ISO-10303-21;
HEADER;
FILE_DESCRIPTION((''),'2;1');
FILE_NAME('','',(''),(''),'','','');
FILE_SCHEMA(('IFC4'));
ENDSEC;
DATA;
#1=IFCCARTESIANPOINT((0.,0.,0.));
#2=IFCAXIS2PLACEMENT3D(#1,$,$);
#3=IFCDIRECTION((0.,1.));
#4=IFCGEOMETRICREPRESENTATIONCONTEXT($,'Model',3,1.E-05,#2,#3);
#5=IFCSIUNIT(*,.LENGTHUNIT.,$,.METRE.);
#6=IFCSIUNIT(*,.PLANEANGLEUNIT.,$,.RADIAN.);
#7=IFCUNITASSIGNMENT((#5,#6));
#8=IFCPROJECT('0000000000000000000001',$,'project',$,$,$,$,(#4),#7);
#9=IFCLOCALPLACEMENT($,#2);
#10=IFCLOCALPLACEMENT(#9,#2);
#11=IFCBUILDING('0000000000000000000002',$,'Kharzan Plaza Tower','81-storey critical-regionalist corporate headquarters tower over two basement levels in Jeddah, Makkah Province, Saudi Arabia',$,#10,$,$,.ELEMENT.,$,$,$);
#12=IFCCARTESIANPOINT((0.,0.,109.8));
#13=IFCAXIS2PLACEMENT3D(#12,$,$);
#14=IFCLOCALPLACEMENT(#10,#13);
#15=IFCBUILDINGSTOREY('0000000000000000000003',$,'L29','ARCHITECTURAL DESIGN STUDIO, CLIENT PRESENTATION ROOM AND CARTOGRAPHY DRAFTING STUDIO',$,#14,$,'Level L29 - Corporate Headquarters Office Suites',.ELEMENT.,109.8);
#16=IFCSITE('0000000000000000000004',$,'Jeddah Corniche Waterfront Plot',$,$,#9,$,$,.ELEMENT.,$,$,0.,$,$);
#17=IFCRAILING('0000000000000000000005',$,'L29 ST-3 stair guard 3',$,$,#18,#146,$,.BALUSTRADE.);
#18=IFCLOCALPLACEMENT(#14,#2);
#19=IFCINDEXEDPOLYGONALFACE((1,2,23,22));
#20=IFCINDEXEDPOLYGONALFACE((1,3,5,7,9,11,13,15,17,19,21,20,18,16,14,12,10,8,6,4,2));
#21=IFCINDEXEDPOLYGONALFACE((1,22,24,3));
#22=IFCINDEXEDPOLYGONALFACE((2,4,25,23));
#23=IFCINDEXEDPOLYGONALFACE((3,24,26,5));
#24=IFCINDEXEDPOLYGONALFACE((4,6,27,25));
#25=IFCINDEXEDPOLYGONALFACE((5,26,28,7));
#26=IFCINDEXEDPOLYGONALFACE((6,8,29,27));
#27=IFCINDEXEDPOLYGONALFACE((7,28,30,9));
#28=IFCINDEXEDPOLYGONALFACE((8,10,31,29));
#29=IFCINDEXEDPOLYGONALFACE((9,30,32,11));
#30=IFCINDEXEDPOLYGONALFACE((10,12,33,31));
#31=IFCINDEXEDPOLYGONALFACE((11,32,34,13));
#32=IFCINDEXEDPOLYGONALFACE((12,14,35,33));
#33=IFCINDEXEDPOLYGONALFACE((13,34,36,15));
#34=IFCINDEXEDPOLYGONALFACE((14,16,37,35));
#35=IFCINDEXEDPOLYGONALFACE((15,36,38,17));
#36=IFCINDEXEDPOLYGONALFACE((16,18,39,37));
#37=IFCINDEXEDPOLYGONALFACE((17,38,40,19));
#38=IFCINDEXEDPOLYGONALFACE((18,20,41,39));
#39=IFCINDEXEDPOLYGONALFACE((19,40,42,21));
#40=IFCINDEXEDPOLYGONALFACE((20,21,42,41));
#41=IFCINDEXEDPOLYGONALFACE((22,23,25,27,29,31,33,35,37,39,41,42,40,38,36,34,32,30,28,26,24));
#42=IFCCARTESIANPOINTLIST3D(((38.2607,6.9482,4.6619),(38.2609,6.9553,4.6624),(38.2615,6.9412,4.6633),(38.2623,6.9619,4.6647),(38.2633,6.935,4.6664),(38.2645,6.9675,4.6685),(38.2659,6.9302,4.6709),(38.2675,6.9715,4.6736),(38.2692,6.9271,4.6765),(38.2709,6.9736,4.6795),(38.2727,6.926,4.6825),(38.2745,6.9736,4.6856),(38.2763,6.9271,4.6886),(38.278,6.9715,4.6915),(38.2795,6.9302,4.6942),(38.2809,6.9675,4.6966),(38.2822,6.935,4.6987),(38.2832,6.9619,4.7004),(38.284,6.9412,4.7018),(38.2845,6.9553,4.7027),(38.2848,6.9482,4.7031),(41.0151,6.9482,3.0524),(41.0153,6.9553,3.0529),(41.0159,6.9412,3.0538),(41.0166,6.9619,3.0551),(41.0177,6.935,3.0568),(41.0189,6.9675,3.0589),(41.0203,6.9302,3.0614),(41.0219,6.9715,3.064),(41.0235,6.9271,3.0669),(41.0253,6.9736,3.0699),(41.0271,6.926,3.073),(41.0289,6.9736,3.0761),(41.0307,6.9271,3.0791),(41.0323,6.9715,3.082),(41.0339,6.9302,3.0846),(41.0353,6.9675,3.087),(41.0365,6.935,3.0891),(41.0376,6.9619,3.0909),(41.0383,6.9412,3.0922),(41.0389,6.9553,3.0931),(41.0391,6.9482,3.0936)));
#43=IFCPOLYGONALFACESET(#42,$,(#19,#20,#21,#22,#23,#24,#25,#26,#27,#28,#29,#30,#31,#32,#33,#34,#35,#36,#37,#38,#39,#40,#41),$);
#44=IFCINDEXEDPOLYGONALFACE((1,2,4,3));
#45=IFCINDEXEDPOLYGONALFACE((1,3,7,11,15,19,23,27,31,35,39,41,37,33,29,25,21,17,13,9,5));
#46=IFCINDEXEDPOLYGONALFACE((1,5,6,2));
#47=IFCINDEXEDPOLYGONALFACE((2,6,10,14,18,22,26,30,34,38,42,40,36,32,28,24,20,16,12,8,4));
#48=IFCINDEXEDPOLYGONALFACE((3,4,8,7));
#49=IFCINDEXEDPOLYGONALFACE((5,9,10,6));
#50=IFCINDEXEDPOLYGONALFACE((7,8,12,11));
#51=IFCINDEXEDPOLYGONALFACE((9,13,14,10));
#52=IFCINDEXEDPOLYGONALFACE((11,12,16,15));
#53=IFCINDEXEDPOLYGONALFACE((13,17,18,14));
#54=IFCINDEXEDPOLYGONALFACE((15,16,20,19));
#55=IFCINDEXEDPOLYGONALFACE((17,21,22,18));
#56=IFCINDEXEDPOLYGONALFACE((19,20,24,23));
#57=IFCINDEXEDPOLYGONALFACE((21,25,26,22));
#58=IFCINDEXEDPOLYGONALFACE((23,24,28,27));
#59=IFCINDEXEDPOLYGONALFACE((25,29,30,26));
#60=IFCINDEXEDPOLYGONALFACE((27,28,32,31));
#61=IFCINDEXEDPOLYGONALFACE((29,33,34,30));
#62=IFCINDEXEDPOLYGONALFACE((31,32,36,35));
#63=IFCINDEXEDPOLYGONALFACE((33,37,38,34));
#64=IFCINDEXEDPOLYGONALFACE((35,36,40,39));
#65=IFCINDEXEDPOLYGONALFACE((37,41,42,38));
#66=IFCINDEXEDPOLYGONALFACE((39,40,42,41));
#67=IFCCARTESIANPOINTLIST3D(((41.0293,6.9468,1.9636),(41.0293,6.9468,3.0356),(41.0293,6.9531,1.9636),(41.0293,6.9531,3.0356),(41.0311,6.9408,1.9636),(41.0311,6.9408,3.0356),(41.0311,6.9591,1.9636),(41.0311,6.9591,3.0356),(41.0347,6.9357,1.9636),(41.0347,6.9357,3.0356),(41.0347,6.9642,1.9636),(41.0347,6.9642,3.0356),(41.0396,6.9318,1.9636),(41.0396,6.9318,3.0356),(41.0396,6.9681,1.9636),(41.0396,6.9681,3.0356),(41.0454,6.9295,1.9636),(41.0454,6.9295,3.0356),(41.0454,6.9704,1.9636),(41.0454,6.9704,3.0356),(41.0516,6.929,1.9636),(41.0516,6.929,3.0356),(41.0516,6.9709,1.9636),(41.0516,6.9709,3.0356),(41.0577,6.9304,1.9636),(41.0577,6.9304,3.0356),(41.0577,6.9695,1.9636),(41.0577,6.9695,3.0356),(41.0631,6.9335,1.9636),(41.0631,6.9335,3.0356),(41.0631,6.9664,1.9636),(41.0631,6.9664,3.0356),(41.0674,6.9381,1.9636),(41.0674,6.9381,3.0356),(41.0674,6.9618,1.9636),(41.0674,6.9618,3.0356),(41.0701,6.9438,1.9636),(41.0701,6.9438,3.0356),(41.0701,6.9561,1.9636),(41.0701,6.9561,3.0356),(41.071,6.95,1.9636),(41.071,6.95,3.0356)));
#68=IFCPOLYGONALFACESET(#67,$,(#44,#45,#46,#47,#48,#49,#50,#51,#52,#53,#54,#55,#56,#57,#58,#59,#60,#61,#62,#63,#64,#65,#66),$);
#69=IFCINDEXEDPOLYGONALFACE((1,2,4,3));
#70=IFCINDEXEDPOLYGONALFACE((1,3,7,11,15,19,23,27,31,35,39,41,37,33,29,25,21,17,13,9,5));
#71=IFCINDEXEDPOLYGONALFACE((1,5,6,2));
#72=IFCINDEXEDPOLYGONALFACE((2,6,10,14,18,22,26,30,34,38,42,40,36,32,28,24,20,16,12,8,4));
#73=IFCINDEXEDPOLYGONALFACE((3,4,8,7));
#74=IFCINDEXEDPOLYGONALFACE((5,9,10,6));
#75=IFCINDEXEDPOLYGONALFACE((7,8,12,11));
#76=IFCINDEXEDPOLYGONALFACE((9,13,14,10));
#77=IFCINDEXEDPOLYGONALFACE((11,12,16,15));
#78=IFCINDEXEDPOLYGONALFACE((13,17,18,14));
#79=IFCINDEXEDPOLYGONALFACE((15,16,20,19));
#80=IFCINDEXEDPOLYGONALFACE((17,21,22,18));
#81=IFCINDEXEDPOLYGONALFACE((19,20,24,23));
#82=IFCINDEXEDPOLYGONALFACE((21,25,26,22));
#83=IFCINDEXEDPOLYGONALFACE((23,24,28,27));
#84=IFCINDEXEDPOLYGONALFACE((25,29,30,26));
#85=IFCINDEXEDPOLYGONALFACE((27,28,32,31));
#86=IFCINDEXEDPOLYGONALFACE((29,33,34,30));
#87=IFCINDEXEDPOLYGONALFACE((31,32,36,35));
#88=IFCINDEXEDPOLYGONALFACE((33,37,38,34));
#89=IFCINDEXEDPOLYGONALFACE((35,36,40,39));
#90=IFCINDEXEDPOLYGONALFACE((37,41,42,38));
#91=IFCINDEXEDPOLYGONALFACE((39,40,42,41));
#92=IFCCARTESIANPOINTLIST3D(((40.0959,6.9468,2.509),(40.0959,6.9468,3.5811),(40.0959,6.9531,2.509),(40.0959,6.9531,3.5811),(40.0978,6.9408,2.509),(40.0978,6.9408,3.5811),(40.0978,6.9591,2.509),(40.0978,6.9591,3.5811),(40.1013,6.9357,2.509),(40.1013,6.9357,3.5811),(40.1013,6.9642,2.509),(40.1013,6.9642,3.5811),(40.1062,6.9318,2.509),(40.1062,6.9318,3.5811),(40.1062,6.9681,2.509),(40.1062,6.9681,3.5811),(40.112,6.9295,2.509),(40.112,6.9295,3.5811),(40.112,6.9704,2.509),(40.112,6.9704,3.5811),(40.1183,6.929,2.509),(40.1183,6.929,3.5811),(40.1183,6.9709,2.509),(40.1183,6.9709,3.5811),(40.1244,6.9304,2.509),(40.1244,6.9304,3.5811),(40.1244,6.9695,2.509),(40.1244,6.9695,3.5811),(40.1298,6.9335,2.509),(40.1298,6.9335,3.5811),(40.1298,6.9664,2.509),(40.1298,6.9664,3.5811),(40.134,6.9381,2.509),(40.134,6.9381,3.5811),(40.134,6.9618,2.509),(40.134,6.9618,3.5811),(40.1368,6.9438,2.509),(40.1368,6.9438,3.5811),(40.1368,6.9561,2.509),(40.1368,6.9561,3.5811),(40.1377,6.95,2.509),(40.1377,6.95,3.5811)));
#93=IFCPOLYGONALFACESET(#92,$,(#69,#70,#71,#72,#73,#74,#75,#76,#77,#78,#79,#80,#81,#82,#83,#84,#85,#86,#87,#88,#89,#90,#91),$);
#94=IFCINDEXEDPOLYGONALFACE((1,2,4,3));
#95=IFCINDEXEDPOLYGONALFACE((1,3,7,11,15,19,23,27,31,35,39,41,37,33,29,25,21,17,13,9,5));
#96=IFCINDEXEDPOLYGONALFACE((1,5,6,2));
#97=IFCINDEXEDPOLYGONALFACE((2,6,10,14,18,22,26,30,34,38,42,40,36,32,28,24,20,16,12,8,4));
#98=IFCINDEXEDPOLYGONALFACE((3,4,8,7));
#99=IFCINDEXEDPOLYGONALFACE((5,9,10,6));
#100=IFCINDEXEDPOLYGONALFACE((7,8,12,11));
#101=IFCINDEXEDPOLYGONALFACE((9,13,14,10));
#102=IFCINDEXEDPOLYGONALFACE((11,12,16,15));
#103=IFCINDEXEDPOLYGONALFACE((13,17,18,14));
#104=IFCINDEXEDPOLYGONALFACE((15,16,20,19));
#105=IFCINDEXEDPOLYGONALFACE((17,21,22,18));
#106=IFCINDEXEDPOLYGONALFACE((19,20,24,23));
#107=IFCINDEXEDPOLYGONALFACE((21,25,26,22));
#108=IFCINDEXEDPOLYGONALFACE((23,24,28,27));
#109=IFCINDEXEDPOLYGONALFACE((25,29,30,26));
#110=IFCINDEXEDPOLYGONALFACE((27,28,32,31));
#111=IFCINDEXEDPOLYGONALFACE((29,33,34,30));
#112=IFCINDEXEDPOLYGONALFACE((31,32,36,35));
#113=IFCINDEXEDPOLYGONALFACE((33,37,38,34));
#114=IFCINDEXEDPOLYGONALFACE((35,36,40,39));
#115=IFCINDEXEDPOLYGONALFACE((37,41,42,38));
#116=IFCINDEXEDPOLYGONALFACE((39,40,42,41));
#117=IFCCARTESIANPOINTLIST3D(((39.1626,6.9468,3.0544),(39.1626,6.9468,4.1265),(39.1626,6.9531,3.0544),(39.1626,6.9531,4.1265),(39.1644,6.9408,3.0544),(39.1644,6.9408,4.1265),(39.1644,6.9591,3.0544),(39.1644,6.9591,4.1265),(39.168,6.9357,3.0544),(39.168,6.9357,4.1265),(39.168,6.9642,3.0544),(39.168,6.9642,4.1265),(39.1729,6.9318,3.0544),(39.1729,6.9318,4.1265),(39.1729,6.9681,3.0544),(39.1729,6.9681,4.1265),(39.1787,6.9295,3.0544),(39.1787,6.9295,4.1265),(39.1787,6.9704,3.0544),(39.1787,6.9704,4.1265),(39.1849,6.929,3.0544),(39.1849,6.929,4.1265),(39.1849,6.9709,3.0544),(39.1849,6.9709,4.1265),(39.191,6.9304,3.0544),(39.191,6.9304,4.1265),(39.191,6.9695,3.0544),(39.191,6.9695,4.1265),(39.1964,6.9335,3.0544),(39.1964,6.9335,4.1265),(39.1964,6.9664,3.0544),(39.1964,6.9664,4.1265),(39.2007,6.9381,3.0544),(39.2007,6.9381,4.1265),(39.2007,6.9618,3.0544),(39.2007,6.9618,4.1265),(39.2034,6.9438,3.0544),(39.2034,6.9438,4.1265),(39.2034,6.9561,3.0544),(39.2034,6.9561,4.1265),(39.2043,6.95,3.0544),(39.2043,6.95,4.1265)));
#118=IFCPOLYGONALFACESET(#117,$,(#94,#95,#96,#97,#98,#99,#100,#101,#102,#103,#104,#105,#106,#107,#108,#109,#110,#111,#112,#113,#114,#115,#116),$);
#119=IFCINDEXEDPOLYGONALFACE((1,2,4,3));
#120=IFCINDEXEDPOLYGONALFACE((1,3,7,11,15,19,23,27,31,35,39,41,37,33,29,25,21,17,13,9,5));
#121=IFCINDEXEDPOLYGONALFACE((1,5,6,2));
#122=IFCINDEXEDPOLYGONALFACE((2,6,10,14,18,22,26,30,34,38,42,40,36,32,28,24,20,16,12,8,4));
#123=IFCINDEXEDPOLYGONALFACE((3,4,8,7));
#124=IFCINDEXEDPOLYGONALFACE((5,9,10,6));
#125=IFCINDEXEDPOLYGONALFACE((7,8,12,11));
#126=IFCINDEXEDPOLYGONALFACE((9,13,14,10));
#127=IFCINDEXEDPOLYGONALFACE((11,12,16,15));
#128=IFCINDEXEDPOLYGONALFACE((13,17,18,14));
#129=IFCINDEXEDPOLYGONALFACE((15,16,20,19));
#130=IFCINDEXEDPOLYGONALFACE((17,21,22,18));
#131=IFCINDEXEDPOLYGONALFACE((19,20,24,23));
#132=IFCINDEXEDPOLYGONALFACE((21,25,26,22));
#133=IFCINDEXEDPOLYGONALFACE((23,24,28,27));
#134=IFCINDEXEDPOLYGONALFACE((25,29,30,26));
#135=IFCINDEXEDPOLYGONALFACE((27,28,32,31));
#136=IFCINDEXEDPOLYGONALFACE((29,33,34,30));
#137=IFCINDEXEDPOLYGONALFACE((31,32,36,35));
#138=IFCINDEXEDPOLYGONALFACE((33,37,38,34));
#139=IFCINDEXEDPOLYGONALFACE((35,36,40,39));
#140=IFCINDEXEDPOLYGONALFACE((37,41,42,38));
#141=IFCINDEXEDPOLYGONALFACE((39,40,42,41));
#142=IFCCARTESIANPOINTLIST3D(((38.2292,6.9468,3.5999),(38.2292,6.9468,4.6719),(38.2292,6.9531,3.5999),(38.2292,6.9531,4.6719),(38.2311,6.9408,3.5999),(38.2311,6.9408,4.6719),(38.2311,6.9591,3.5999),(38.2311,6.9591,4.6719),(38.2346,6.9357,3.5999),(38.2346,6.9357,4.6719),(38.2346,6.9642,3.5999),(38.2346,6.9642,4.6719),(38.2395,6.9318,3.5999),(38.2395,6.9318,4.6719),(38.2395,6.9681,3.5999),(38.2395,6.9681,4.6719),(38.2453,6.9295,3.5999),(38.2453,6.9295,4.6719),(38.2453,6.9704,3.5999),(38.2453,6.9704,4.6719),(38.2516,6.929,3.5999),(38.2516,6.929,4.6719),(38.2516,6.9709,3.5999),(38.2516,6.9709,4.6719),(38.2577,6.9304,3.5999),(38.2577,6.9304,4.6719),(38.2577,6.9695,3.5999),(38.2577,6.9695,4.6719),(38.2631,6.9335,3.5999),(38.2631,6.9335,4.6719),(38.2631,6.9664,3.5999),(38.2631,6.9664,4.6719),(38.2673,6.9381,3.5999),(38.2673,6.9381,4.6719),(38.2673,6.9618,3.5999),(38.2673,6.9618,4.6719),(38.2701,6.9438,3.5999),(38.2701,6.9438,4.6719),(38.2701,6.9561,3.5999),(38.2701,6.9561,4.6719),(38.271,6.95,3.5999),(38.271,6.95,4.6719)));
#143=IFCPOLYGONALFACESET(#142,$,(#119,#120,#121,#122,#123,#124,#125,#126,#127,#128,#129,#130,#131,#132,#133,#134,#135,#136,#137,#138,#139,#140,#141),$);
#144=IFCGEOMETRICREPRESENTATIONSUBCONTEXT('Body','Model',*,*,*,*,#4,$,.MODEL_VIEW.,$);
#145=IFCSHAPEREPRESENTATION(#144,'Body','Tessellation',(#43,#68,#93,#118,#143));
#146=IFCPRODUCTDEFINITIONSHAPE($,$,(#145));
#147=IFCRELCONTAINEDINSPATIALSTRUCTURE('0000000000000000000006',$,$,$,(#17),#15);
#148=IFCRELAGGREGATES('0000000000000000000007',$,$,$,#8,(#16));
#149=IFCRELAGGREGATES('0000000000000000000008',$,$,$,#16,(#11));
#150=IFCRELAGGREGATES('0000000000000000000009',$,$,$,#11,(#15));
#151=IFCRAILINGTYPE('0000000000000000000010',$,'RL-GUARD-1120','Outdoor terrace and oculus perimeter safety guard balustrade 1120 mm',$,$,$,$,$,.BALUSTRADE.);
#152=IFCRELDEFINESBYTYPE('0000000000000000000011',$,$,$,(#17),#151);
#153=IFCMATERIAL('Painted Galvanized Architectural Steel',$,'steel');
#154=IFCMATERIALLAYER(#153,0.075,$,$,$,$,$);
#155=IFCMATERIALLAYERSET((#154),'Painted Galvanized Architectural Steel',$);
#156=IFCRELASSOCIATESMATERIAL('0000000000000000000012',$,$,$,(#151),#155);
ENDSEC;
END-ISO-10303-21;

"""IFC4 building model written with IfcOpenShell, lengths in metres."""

from ifc_helpers import new_model, si_unit, direction, frame, origin, origin_2d, place, context, subcontext, project, spatial, circle, extrude, source, transform, mapped, material, layer, layer_set, type_object, element, save


model = new_model("IFC4")

# Units and contexts
model_context = context("Model", 3, precision=1e-05, world=origin(), true_north=direction((0.0, 1.0)))
body_context = subcontext(model_context, "Body", "Model", "MODEL_VIEW")
ifc_project = project(units=[si_unit("LENGTHUNIT", "METRE"), si_unit("PLANEANGLEUNIT", "RADIAN")], contexts=[model_context])

# Site, building, storey
site_placement = place(None, origin())
site = spatial("IfcSite", under=ifc_project, at=site_placement, Name="Jeddah Corniche Waterfront Plot", CompositionType="ELEMENT", RefElevation=0.0)
building_placement = place(site_placement, origin())
building = spatial("IfcBuilding", under=site, at=building_placement, Name="Kharzan Plaza Tower", Description="81-storey critical-regionalist corporate headquarters tower over two basement levels in Jeddah, Makkah Province, Saudi Arabia", CompositionType="ELEMENT")
storey_placement = place(building_placement, frame((0.0, 0.0, 109.8)))
storey = spatial("IfcBuildingStorey", under=building, at=storey_placement, Name="L29", Description="ARCHITECTURAL DESIGN STUDIO, CLIENT PRESENTATION ROOM AND CARTOGRAPHY DRAFTING STUDIO", LongName="Level L29 - Corporate Headquarters Office Suites", CompositionType="ELEMENT", Elevation=109.8)

# Railing
ifc_material_1 = material(Name="Painted Galvanized Architectural Steel", Category="steel")
ifc_layer_1 = layer(ifc_material_1, 0.075)
ifc_layer_set_1 = layer_set([ifc_layer_1], Name="Painted Galvanized Architectural Steel")
railing_type_1 = type_object("IfcRailingType", Name="RL-GUARD-1120", Description="Outdoor terrace and oculus perimeter safety guard balustrade 1120 mm", PredefinedType="BALUSTRADE", material=ifc_layer_set_1)
shared_shape_1 = source(origin(), body_context, "Body", "SweptSolid", [
    extrude(circle(Radius=0.0239, at=origin_2d()), frame((-0.0229, 0.0, 1.1094), z_axis=(-0.863394, 0.0, 0.504531), x_axis=(0.0, -1.0, 0.0)), (0.0, 0.0, 1.0), 3.1902),
    extrude(circle(Radius=0.021, at=origin_2d()), origin(), (0.0, 0.0, 1.0), 1.072),
    extrude(circle(Radius=0.021, at=origin_2d()), frame((-0.9333, 0.0, 0.5454)), (0.0, 0.0, 1.0), 1.072),
    extrude(circle(Radius=0.021, at=origin_2d()), frame((-1.8667, 0.0, 1.0908)), (0.0, 0.0, 1.0), 1.072),
    extrude(circle(Radius=0.021, at=origin_2d()), frame((-2.8, 0.0, 1.6362)), (0.0, 0.0, 1.0), 1.072),
])
railing_1_placement = place(storey_placement, frame((41.05, 6.95, 1.9636)))
element("IfcRailing", 1, at=railing_1_placement, inside=storey, type_object=railing_type_1, Name="L29 ST-3 stair guard 3", PredefinedType="BALUSTRADE", context=body_context, shape_type="MappedRepresentation", body=[
    mapped(shared_shape_1, transform((0.0, 0.0, 0.0), x_axis=(1.0, 0.0, 0.0), y_axis=(0.0, 1.0, 0.0), z_axis=(0.0, 0.0, 1.0))),
])

save(model, "model.ifc")
